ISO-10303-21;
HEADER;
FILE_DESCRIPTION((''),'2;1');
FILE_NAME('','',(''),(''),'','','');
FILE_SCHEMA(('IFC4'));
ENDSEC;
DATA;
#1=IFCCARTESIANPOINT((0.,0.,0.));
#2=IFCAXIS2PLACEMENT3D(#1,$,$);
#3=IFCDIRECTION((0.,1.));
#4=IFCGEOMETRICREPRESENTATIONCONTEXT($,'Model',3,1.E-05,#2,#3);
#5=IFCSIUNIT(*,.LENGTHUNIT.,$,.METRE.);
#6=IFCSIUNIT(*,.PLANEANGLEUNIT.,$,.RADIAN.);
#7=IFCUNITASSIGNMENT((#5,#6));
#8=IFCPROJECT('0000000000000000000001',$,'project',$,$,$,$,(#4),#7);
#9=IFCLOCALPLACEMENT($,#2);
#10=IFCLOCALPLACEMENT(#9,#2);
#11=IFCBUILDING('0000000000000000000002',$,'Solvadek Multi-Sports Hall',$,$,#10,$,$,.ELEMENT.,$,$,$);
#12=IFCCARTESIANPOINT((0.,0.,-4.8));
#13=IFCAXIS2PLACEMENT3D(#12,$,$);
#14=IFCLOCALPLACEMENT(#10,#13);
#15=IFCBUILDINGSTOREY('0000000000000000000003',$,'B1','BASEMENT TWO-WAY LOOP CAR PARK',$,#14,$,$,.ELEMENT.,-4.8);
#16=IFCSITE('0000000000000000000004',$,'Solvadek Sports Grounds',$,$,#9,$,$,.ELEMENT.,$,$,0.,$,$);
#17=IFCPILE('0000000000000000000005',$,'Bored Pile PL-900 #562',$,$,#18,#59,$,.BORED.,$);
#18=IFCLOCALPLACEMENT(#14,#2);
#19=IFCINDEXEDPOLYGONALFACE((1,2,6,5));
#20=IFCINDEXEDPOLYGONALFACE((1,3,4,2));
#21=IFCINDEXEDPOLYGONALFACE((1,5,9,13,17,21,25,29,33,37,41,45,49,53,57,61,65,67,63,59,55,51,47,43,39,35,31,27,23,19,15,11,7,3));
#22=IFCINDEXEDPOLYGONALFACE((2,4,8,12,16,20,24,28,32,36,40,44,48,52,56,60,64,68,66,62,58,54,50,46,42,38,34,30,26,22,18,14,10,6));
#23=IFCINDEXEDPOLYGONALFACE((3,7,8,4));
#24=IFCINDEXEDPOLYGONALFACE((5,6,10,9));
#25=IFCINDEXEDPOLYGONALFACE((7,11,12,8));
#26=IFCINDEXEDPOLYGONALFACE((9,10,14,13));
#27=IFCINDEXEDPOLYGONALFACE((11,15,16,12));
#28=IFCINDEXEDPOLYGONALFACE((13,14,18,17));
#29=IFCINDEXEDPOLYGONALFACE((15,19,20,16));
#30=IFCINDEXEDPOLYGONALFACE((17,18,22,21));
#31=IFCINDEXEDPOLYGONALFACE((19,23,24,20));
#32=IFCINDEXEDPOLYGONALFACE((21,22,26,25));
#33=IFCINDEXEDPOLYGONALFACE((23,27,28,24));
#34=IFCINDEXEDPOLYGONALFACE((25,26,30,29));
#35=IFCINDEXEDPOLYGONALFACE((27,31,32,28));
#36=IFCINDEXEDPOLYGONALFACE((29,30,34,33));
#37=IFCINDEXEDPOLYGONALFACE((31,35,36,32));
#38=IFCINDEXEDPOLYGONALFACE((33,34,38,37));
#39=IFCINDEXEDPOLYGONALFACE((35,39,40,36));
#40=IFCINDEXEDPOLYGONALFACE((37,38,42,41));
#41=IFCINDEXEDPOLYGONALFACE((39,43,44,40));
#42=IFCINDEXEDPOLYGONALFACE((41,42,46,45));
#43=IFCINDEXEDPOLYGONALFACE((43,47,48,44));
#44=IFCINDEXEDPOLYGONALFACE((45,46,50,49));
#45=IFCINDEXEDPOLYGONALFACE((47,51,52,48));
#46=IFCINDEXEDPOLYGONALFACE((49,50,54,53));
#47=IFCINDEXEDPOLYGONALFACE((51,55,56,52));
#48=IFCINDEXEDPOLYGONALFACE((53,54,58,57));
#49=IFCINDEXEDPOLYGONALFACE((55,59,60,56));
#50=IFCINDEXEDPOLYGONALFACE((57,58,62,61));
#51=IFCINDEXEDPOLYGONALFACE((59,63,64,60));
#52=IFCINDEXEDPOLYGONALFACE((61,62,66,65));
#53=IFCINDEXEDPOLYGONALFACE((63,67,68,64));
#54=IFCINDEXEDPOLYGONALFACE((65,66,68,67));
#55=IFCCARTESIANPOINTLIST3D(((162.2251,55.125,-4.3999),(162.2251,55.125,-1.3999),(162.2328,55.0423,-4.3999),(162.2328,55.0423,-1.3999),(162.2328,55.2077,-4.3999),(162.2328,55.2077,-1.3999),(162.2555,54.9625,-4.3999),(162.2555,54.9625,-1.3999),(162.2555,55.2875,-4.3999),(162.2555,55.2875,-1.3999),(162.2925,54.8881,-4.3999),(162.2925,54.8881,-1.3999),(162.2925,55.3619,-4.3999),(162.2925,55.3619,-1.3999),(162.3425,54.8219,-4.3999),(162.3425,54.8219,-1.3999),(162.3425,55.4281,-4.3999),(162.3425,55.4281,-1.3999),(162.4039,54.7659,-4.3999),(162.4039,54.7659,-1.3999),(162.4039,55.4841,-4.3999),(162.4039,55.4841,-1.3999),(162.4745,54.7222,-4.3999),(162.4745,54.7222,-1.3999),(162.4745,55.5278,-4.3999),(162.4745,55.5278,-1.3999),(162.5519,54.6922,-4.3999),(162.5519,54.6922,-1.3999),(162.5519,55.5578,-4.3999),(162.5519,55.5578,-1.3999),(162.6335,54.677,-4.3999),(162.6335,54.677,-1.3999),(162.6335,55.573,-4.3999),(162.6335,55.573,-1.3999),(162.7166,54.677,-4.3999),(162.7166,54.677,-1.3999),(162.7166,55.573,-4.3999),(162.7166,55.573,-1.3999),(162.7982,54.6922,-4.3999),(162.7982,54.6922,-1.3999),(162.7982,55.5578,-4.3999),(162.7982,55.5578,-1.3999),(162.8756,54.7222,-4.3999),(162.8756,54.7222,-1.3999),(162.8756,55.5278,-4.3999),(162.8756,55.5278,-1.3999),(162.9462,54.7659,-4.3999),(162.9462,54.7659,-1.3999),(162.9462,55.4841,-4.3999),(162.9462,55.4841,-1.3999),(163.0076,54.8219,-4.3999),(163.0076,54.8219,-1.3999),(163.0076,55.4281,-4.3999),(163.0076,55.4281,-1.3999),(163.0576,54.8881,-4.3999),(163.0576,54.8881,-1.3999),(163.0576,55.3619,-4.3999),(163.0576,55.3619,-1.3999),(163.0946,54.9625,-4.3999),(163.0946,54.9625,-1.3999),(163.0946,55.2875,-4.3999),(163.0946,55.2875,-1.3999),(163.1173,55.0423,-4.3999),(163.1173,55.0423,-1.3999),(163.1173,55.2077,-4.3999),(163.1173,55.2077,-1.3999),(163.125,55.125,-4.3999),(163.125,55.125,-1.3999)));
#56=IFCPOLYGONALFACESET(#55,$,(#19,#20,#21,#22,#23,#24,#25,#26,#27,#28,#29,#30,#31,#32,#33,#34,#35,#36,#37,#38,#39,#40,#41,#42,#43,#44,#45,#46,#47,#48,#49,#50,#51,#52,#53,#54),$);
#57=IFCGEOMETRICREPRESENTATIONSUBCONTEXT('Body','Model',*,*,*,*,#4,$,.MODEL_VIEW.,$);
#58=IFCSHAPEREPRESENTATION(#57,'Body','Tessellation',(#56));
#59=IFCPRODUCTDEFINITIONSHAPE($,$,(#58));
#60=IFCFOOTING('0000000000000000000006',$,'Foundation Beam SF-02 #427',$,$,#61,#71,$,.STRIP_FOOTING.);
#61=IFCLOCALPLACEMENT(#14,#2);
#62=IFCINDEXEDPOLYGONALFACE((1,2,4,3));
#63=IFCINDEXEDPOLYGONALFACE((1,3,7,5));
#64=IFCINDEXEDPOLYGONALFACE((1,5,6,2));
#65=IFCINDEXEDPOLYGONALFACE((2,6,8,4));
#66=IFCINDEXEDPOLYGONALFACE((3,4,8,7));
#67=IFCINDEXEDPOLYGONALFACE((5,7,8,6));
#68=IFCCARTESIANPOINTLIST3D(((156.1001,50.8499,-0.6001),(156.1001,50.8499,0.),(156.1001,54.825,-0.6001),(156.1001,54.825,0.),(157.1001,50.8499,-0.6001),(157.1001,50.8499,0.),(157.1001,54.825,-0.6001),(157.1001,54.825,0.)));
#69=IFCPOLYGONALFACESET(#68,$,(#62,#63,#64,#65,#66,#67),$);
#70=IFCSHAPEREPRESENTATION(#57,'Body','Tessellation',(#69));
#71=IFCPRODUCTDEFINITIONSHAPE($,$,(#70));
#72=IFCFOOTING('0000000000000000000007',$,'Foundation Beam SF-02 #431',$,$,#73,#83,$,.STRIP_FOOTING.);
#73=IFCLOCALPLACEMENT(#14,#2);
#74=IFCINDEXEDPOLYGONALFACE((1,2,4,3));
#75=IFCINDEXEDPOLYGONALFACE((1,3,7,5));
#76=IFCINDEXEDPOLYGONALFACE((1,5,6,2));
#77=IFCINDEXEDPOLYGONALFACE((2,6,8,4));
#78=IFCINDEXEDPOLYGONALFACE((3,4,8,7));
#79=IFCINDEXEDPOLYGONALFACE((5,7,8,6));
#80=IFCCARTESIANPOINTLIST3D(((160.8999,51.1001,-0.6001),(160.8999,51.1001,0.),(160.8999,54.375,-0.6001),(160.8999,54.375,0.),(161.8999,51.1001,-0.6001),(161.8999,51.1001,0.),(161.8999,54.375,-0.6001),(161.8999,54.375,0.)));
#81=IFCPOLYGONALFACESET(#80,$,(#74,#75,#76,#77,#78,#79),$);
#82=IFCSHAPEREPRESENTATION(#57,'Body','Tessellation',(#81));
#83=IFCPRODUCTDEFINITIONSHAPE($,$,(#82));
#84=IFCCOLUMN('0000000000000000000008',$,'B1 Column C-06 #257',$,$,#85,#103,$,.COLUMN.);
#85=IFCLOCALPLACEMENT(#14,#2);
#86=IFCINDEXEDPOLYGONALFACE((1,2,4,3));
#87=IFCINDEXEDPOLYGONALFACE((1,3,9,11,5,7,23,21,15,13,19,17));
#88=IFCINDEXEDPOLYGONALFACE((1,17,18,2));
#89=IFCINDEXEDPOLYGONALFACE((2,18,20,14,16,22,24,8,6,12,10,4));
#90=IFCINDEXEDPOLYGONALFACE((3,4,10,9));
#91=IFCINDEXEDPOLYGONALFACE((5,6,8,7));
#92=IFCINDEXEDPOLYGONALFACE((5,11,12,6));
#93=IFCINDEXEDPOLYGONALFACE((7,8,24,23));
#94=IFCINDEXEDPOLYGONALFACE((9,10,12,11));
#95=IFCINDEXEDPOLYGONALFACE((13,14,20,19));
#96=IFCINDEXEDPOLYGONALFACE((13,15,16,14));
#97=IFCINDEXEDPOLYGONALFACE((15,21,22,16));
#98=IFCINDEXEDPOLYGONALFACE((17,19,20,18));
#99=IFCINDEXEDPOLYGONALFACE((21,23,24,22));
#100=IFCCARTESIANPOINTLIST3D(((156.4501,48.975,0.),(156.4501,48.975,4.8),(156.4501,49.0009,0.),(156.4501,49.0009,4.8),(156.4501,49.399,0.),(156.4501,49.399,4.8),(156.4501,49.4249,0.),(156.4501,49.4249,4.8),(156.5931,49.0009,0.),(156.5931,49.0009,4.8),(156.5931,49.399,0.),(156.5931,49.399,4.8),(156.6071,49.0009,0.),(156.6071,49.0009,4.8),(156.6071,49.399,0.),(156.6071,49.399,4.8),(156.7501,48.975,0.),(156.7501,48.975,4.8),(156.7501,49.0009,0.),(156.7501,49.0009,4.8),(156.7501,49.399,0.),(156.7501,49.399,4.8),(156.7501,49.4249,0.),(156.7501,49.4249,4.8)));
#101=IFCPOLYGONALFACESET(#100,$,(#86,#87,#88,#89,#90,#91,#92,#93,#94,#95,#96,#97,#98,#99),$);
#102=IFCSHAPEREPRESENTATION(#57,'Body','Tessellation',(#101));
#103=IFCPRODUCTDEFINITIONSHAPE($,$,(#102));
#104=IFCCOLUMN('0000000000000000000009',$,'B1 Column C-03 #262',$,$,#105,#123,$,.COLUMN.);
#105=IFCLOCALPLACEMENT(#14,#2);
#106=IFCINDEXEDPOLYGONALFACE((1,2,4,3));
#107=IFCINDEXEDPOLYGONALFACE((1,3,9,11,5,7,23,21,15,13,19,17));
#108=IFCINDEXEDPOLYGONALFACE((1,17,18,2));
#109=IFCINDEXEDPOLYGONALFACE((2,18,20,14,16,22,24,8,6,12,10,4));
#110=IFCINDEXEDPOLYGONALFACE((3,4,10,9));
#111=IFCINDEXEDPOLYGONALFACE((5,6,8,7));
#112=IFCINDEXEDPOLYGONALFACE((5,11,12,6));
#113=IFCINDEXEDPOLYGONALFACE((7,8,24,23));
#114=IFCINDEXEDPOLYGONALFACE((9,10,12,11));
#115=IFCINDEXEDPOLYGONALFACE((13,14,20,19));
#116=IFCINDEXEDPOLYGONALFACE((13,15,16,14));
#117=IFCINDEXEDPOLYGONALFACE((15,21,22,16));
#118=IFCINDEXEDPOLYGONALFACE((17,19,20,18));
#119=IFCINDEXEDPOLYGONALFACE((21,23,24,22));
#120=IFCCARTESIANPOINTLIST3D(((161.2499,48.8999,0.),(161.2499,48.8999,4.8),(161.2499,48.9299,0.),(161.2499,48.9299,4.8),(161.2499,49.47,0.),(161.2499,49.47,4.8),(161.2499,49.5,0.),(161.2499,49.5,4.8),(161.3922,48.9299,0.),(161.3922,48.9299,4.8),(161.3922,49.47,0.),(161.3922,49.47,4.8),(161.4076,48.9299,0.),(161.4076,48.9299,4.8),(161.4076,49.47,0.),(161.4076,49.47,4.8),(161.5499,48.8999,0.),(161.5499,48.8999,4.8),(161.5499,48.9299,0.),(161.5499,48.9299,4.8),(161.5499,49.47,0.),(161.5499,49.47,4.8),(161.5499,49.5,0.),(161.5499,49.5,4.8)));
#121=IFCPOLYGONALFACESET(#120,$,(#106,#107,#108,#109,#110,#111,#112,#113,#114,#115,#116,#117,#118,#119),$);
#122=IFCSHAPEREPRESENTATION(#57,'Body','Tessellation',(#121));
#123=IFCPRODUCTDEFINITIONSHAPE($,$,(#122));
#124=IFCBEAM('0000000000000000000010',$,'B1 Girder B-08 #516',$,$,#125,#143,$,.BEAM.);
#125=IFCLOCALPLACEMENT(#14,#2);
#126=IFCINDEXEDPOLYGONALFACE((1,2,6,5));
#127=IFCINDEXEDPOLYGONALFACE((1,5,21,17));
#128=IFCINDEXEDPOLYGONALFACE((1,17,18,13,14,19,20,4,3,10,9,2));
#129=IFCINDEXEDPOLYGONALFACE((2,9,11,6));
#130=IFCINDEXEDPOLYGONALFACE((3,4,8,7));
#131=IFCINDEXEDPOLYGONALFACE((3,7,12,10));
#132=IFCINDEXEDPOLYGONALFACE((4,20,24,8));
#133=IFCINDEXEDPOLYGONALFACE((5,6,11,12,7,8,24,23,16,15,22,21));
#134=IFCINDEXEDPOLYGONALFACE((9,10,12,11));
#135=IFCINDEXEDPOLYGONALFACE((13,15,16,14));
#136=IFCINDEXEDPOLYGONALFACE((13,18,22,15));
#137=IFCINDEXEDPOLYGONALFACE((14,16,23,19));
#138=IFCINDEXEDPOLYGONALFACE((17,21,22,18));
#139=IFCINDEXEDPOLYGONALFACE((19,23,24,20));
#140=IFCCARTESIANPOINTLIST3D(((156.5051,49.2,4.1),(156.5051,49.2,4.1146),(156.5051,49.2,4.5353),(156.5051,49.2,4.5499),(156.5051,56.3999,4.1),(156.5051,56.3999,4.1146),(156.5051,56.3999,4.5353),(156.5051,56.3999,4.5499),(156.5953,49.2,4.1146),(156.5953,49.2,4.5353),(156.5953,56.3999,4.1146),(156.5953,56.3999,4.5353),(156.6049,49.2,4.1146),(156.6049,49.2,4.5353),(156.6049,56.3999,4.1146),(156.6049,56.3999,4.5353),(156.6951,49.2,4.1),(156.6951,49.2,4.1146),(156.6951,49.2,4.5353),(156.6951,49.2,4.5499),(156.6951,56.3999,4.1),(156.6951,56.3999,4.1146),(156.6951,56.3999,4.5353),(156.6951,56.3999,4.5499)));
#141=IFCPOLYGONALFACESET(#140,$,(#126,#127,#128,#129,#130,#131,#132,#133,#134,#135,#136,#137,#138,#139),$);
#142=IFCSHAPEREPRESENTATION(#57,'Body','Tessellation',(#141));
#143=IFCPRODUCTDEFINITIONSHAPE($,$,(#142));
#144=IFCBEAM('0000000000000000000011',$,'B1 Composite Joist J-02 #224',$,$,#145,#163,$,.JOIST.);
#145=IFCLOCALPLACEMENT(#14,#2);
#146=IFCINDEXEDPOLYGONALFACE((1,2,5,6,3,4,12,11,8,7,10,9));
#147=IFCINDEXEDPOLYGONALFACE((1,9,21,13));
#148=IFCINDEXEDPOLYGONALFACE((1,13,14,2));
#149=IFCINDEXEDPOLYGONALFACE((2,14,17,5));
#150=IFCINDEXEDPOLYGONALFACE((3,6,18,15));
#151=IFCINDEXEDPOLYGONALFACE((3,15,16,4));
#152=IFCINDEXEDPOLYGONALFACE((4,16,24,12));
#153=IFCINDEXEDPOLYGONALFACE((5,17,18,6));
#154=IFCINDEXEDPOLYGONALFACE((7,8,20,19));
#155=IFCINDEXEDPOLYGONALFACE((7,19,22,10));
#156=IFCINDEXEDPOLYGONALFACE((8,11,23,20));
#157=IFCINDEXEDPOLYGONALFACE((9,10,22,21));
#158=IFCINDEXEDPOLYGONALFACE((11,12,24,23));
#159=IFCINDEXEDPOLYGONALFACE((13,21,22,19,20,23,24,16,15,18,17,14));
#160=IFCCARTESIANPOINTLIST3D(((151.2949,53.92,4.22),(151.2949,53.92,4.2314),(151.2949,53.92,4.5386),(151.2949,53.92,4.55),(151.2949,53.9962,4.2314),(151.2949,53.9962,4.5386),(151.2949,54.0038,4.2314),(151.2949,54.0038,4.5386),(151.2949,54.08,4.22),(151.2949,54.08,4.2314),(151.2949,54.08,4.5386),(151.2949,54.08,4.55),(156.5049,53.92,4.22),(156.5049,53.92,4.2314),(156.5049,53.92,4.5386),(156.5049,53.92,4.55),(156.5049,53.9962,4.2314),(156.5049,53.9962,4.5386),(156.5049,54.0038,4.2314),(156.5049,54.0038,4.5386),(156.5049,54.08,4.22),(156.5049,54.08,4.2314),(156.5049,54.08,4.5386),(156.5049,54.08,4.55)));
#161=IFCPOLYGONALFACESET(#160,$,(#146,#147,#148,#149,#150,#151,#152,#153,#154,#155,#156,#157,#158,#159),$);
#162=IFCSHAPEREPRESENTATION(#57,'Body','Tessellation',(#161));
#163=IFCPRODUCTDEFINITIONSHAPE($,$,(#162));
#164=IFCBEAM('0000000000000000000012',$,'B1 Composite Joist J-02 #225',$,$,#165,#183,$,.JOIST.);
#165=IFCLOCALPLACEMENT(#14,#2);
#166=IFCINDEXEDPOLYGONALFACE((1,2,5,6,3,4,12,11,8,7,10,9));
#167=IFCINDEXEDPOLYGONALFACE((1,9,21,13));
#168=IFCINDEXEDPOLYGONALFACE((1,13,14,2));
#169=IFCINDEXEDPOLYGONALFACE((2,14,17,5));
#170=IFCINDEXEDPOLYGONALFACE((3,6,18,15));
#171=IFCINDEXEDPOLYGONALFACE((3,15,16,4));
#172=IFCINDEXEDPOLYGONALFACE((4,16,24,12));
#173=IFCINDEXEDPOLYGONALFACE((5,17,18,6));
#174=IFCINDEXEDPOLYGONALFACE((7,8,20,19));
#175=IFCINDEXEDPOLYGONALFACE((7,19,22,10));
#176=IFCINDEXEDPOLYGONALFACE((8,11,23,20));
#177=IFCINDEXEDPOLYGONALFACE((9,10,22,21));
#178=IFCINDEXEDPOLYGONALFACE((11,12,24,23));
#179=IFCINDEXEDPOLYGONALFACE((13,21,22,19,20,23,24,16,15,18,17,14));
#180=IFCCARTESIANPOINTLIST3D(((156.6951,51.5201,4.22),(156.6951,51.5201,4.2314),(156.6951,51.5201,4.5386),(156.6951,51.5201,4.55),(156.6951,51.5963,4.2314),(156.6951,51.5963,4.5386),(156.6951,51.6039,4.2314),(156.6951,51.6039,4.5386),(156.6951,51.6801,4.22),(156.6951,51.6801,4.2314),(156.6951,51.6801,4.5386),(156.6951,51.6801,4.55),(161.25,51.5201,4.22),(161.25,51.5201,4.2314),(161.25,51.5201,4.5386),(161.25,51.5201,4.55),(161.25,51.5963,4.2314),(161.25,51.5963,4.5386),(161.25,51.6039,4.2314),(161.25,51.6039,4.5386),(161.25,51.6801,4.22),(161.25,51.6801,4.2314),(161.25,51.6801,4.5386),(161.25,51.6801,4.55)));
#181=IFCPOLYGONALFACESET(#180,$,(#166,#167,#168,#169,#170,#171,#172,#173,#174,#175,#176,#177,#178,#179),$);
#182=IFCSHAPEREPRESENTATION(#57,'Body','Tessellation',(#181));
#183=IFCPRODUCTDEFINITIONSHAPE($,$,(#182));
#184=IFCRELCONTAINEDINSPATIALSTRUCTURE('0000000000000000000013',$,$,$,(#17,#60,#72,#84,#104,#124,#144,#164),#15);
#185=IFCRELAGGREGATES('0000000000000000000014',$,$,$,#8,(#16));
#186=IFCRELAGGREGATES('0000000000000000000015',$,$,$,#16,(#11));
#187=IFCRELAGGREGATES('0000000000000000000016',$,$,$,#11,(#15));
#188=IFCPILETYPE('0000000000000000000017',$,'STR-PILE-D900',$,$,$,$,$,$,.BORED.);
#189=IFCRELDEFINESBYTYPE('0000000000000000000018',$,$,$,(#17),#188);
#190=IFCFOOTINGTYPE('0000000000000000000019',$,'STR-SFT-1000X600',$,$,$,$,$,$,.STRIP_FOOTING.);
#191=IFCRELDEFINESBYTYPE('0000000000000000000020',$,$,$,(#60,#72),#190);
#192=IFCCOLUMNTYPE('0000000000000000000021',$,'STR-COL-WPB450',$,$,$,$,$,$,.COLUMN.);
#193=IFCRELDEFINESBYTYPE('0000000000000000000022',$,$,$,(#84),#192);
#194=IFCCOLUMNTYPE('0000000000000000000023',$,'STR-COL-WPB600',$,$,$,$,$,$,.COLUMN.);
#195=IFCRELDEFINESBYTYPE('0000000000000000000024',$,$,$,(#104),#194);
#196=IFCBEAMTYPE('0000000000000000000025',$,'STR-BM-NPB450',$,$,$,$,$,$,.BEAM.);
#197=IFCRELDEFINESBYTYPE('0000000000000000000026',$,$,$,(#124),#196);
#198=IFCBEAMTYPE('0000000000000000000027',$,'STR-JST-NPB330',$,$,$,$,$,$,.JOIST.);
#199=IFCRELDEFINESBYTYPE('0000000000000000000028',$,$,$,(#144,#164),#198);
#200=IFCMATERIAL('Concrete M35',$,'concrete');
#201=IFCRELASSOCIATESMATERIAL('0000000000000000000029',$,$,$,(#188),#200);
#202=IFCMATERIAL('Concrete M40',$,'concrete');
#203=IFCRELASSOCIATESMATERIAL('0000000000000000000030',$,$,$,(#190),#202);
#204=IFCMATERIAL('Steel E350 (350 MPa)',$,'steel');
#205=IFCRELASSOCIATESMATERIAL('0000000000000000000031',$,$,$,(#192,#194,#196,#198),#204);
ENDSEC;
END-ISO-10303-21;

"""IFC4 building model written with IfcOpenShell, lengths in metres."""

from ifc_helpers import new_model, si_unit, direction, frame, origin, origin_2d, place, context, subcontext, project, spatial, rectangle, circle, i_section, extrude, material, material_profile, profile_set, type_object, element, save


model = new_model("IFC4")

# Units and contexts
model_context = context("Model", 3, precision=1e-05, world=origin(), true_north=direction((0.0, 1.0)))
body_context = subcontext(model_context, "Body", "Model", "MODEL_VIEW")
ifc_project = project(units=[si_unit("LENGTHUNIT", "METRE"), si_unit("PLANEANGLEUNIT", "RADIAN")], contexts=[model_context])

# Site, building, storey
site_placement = place(None, origin())
site = spatial("IfcSite", under=ifc_project, at=site_placement, Name="Solvadek Sports Grounds", CompositionType="ELEMENT", RefElevation=0.0)
building_placement = place(site_placement, origin())
building = spatial("IfcBuilding", under=site, at=building_placement, Name="Solvadek Multi-Sports Hall", CompositionType="ELEMENT")
storey_placement = place(building_placement, frame((0.0, 0.0, -4.8)))
storey = spatial("IfcBuildingStorey", under=building, at=storey_placement, Name="B1", Description="BASEMENT TWO-WAY LOOP CAR PARK", CompositionType="ELEMENT", Elevation=-4.8)

# Shared definitions
ifc_material_1 = material(Name="Concrete M40", Category="concrete")

# Pile
ifc_material_2 = material(Name="Concrete M35", Category="concrete")
ifc_material_profile_1 = material_profile(ifc_material_2, circle(Radius=0.45, at=origin_2d()), Name="BORED PILE D900")
ifc_profile_set_1 = profile_set([ifc_material_profile_1], Name="Concrete M35")
pile_type_1 = type_object("IfcPileType", Name="STR-PILE-D900", PredefinedType="BORED", material=ifc_profile_set_1)
for number, where, z_axis, x_axis, name in (
    (1, (162.675, 55.125, -1.3999), (0.0, 0.0, -1.0), (1.0, 0.0, 0.0), "Bored Pile PL-900 #562"),
):
    element("IfcPile", number, at=place(storey_placement, frame(where, z_axis=z_axis, x_axis=x_axis)), inside=storey, type_object=pile_type_1, Name=name, PredefinedType="BORED", context=body_context, shape_type="SweptSolid", body=[
        extrude(circle(Radius=0.45, at=origin_2d()), origin(), (0.0, 0.0, 1.0), 3.0),
    ])

# Footings
footing_type_1 = type_object("IfcFootingType", Name="STR-SFT-1000X600", PredefinedType="STRIP_FOOTING", material=ifc_material_1)
footing_1_placement = place(storey_placement, frame((156.6001, 52.8374, -0.6001), z_axis=(0.0, 0.0, 1.0), x_axis=(0.0, 1.0, 0.0)))
element("IfcFooting", 2, at=footing_1_placement, inside=storey, type_object=footing_type_1, Name="Foundation Beam SF-02 #427", PredefinedType="STRIP_FOOTING", context=body_context, shape_type="SweptSolid", body=[
    extrude(rectangle(XDim=3.9751, YDim=1.0, at=origin_2d()), origin(), (0.0, 0.0, 1.0), 0.6001),
])
footing_2_placement = place(storey_placement, frame((161.3999, 52.7375, -0.6001), z_axis=(0.0, 0.0, 1.0), x_axis=(0.0, 1.0, 0.0)))
element("IfcFooting", 3, at=footing_2_placement, inside=storey, type_object=footing_type_1, Name="Foundation Beam SF-02 #431", PredefinedType="STRIP_FOOTING", context=body_context, shape_type="SweptSolid", body=[
    extrude(rectangle(XDim=3.2749, YDim=1.0, at=origin_2d()), origin(), (0.0, 0.0, 1.0), 0.6001),
])

# Columns
ifc_material_3 = material(Name="Steel E350 (350 MPa)", Category="steel")
ifc_material_profile_2 = material_profile(ifc_material_3, i_section(OverallWidth=0.3, OverallDepth=0.45, WebThickness=0.0139, FlangeThickness=0.0259, at=origin_2d()), Name="WPB 450")
ifc_profile_set_2 = profile_set([ifc_material_profile_2], Name="Steel E350 (350 MPa)")
column_type_1 = type_object("IfcColumnType", Name="STR-COL-WPB450", PredefinedType="COLUMN", material=ifc_profile_set_2)
column_1_placement = place(storey_placement, frame((156.6001, 49.2, 0.0), z_axis=(0.0, 0.0, 1.0), x_axis=(1.0, 0.0, 0.0)))
element("IfcColumn", 4, at=column_1_placement, inside=storey, type_object=column_type_1, Name="B1 Column C-06 #257", PredefinedType="COLUMN", context=body_context, shape_type="SweptSolid", body=[
    extrude(i_section(OverallWidth=0.3, OverallDepth=0.45, WebThickness=0.0139, FlangeThickness=0.0259, at=origin_2d()), origin(), (0.0, 0.0, 1.0), 4.8),
])
ifc_material_profile_3 = material_profile(ifc_material_3, i_section(OverallWidth=0.3, OverallDepth=0.6001, WebThickness=0.0154, FlangeThickness=0.03, at=origin_2d()), Name="WPB 600")
ifc_profile_set_3 = profile_set([ifc_material_profile_3], Name="Steel E350 (350 MPa)")
column_type_2 = type_object("IfcColumnType", Name="STR-COL-WPB600", PredefinedType="COLUMN", material=ifc_profile_set_3)
column_2_placement = place(storey_placement, frame((161.3999, 49.2, 0.0), z_axis=(0.0, 0.0, 1.0), x_axis=(1.0, 0.0, 0.0)))
element("IfcColumn", 5, at=column_2_placement, inside=storey, type_object=column_type_2, Name="B1 Column C-03 #262", PredefinedType="COLUMN", context=body_context, shape_type="SweptSolid", body=[
    extrude(i_section(OverallWidth=0.3, OverallDepth=0.6001, WebThickness=0.0154, FlangeThickness=0.03, at=origin_2d()), origin(), (0.0, 0.0, 1.0), 4.8),
])

# Beams
ifc_material_profile_4 = material_profile(ifc_material_3, i_section(OverallWidth=0.1899, OverallDepth=0.45, WebThickness=0.0095, FlangeThickness=0.0146, at=origin_2d()), Name="NPB 450")
ifc_profile_set_4 = profile_set([ifc_material_profile_4], Name="Steel E350 (350 MPa)")
beam_type_1 = type_object("IfcBeamType", Name="STR-BM-NPB450", PredefinedType="BEAM", material=ifc_profile_set_4)
beam_1_placement = place(storey_placement, frame((156.6001, 49.2, 4.325), z_axis=(0.0, 1.0, 0.0), x_axis=(-1.0, 0.0, 0.0)))
element("IfcBeam", 6, at=beam_1_placement, inside=storey, type_object=beam_type_1, Name="B1 Girder B-08 #516", PredefinedType="BEAM", context=body_context, shape_type="SweptSolid", body=[
    extrude(i_section(OverallWidth=0.1899, OverallDepth=0.45, WebThickness=0.0095, FlangeThickness=0.0146, at=origin_2d()), origin(), (0.0, 0.0, 1.0), 7.2),
])
ifc_material_profile_5 = material_profile(ifc_material_3, i_section(OverallWidth=0.1599, OverallDepth=0.3301, WebThickness=0.0076, FlangeThickness=0.0115, at=origin_2d()), Name="NPB 330")
ifc_profile_set_5 = profile_set([ifc_material_profile_5], Name="Steel E350 (350 MPa)")
beam_type_2 = type_object("IfcBeamType", Name="STR-JST-NPB330", PredefinedType="JOIST", material=ifc_profile_set_5)
beam_2_placement = place(storey_placement, frame((151.2949, 54.0, 4.385), z_axis=(1.0, 0.0, 0.0), x_axis=(0.0, 1.0, 0.0)))
element("IfcBeam", 7, at=beam_2_placement, inside=storey, type_object=beam_type_2, Name="B1 Composite Joist J-02 #224", PredefinedType="JOIST", context=body_context, shape_type="SweptSolid", body=[
    extrude(i_section(OverallWidth=0.1599, OverallDepth=0.3301, WebThickness=0.0076, FlangeThickness=0.0115, at=origin_2d()), origin(), (0.0, 0.0, 1.0), 5.21),
])
for number, where, z_axis, x_axis, name in (
    (8, (156.6951, 51.6001, 4.385), (1.0, 0.0, 0.0), (0.0, 1.0, 0.0), "B1 Composite Joist J-02 #225"),
):
    element("IfcBeam", number, at=place(storey_placement, frame(where, z_axis=z_axis, x_axis=x_axis)), inside=storey, type_object=beam_type_2, Name=name, PredefinedType="JOIST", context=body_context, shape_type="SweptSolid", body=[
        extrude(i_section(OverallWidth=0.1599, OverallDepth=0.3301, WebThickness=0.0076, FlangeThickness=0.0115, at=origin_2d()), origin(), (0.0, 0.0, 1.0), 4.5549),
    ])

save(model, "model.ifc")
